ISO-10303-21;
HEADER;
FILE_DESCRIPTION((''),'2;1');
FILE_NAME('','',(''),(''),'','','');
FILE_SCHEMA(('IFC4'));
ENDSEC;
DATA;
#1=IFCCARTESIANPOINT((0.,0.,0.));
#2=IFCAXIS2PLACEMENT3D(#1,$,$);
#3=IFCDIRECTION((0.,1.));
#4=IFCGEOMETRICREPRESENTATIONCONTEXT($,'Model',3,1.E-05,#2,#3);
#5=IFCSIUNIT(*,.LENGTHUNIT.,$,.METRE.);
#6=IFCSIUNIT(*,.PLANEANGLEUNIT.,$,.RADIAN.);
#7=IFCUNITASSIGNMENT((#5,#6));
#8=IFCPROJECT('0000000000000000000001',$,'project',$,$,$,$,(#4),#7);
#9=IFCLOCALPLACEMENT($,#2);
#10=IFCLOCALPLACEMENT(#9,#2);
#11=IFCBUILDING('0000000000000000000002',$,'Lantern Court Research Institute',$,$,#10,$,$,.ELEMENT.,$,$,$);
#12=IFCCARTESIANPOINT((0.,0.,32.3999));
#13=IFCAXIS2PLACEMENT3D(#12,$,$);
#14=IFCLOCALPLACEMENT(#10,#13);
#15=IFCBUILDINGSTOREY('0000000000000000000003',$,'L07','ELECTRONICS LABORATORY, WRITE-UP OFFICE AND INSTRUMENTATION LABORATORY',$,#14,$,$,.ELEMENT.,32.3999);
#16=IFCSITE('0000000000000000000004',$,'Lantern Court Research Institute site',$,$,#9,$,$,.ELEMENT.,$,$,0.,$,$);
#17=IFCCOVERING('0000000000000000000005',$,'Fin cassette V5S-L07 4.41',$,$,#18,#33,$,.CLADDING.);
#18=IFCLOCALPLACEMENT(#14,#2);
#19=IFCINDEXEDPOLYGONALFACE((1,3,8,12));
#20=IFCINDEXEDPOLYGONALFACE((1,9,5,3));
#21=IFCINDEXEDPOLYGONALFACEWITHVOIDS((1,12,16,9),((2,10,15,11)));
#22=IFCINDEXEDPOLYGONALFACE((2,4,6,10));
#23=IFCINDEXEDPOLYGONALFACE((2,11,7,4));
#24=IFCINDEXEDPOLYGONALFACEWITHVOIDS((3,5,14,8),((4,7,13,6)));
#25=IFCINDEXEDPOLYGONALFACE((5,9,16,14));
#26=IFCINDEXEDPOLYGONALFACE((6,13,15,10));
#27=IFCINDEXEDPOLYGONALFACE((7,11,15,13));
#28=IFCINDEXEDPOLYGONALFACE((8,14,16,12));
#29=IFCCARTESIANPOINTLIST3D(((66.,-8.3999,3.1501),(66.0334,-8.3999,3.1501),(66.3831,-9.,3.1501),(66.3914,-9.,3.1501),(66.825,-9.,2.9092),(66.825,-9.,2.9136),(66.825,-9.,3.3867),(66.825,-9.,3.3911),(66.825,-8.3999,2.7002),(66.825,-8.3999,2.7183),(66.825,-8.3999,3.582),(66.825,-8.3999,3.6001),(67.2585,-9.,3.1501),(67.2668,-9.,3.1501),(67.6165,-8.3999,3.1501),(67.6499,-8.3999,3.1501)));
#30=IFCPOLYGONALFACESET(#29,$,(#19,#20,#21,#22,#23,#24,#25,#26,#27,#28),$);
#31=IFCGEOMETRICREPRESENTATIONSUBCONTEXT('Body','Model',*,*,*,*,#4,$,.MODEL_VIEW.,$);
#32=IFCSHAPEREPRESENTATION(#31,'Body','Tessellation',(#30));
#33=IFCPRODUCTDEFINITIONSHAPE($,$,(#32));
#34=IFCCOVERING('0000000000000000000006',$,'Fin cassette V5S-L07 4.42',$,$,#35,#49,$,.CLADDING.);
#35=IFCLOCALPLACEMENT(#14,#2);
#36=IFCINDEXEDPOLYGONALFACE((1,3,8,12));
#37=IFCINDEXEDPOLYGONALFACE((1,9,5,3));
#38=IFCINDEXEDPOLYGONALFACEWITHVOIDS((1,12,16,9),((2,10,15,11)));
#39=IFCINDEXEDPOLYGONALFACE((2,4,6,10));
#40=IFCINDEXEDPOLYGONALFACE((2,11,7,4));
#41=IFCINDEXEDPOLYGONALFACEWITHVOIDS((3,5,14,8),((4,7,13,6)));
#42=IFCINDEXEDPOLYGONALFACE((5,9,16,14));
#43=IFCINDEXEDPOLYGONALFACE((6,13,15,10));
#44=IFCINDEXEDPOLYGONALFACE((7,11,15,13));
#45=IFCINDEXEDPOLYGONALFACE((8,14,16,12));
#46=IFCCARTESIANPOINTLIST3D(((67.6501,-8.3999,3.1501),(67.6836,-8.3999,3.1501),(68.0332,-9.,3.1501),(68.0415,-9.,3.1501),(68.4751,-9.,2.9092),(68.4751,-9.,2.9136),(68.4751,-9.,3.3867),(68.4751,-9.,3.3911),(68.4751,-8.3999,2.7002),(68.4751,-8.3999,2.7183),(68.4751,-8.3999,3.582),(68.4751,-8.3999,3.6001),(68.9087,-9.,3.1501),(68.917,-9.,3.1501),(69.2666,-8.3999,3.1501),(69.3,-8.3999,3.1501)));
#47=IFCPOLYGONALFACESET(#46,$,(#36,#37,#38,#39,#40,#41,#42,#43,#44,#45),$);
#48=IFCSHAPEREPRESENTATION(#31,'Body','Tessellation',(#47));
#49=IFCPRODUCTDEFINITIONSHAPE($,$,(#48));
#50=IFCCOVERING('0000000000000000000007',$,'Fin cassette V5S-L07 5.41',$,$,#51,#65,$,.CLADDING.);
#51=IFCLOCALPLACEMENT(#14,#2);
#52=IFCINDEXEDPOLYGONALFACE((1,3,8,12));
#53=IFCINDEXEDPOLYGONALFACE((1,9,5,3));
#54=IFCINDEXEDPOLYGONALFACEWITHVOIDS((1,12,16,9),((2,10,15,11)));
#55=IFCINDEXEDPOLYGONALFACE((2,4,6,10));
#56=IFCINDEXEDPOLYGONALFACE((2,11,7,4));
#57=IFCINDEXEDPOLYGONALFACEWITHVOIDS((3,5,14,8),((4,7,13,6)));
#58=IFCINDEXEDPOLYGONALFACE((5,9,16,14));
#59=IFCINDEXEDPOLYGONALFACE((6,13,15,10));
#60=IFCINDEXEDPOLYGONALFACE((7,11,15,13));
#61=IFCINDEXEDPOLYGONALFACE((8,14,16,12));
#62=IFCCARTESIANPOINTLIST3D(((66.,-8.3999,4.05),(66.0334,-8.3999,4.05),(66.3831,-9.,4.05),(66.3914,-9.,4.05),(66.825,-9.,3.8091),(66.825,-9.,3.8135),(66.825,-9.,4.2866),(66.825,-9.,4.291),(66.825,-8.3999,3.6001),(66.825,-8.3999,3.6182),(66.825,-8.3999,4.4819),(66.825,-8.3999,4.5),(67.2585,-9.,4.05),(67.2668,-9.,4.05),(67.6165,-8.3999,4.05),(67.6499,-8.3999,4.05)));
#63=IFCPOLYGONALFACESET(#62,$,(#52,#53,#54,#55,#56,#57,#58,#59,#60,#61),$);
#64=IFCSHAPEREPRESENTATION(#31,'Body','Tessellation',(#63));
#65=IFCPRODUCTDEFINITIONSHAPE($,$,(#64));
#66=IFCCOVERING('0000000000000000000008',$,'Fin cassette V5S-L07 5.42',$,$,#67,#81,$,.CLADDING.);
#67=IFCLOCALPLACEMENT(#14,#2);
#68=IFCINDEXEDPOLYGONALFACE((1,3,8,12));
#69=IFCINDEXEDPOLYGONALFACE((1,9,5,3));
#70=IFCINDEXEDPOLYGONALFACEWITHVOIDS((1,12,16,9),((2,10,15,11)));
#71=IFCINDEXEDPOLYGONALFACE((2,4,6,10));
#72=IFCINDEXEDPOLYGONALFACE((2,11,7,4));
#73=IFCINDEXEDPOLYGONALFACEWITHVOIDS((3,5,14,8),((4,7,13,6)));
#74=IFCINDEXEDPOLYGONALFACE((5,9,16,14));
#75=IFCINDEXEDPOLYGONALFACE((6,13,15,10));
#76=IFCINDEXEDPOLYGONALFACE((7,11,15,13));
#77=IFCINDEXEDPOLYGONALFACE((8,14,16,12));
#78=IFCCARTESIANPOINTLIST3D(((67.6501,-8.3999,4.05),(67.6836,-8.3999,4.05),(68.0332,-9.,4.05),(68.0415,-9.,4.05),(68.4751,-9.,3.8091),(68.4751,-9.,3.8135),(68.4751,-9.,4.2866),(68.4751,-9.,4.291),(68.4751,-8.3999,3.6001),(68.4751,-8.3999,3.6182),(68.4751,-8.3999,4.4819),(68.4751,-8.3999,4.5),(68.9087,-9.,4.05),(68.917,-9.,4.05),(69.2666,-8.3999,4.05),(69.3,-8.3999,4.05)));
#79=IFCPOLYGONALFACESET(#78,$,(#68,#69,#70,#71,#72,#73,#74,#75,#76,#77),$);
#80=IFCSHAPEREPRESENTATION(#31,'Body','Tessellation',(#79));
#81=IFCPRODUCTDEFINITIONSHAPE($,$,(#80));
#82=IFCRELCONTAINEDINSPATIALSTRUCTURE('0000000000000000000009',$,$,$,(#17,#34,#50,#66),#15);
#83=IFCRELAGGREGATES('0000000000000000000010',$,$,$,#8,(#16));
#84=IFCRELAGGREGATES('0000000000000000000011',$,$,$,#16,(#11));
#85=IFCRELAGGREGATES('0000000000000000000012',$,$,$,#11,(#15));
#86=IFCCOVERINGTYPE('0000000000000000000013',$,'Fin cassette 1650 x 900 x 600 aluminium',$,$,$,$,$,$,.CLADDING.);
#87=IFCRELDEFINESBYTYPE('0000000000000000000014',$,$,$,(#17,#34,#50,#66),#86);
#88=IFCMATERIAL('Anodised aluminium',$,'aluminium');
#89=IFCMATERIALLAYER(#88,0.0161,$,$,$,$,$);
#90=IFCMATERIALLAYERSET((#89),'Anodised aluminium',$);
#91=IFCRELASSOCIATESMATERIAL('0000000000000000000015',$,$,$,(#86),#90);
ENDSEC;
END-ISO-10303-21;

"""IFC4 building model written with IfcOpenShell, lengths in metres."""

from ifc_helpers import new_model, entity, si_unit, direction, frame, origin, place, context, subcontext, project, spatial, material, layer, layer_set, type_object, element, save


model = new_model("IFC4")

# Units and contexts
model_context = context("Model", 3, precision=1e-05, world=origin(), true_north=direction((0.0, 1.0)))
body_context = subcontext(model_context, "Body", "Model", "MODEL_VIEW")
ifc_project = project(units=[si_unit("LENGTHUNIT", "METRE"), si_unit("PLANEANGLEUNIT", "RADIAN")], contexts=[model_context])

# Site, building, storey
site_placement = place(None, origin())
site = spatial("IfcSite", under=ifc_project, at=site_placement, Name="Lantern Court Research Institute site", CompositionType="ELEMENT", RefElevation=0.0)
building_placement = place(site_placement, origin())
building = spatial("IfcBuilding", under=site, at=building_placement, Name="Lantern Court Research Institute", CompositionType="ELEMENT")
storey_placement = place(building_placement, frame((0.0, 0.0, 32.3999)))
storey = spatial("IfcBuildingStorey", under=building, at=storey_placement, Name="L07", Description="ELECTRONICS LABORATORY, WRITE-UP OFFICE AND INSTRUMENTATION LABORATORY", CompositionType="ELEMENT", Elevation=32.3999)

# Coverings
ifc_material_1 = material(Name="Anodised aluminium", Category="aluminium")
ifc_layer_1 = layer(ifc_material_1, 0.0161)
ifc_layer_set_1 = layer_set([ifc_layer_1], Name="Anodised aluminium")
covering_type = type_object("IfcCoveringType", Name="Fin cassette 1650 x 900 x 600 aluminium", PredefinedType="CLADDING", material=ifc_layer_set_1)
covering_1_placement = place(storey_placement, frame((66.825, -8.3999, 3.1501), z_axis=(0.0, -1.0, 0.0), x_axis=(1.0, 0.0, 0.0)))
cartesian_point_1 = entity("IfcCartesianPoint", [0.825, 0.0])
cartesian_point_2 = entity("IfcCartesianPoint", [0.7915, 0.0])
cartesian_point_3 = entity("IfcCartesianPoint", [0.4419, 0.0])
cartesian_point_4 = entity("IfcCartesianPoint", [0.4336, 0.0])
element("IfcCovering", 1, at=covering_1_placement, inside=storey, type_object=covering_type, Name="Fin cassette V5S-L07 4.41", PredefinedType="CLADDING", context=body_context, shape_type="SweptSolid", body=[
    entity("IfcExtrudedAreaSolidTapered", entity("IfcArbitraryProfileDefWithVoids", "AREA", None, entity("IfcPolyline", [cartesian_point_1, entity("IfcCartesianPoint", [0.0, 0.45]), entity("IfcCartesianPoint", [-0.825, 0.0]), entity("IfcCartesianPoint", [0.0, -0.45]), cartesian_point_1]), [entity("IfcPolyline", [cartesian_point_2, entity("IfcCartesianPoint", [0.0, 0.4319]), entity("IfcCartesianPoint", [-0.7915, 0.0]), entity("IfcCartesianPoint", [0.0, -0.4319]), cartesian_point_2])]), entity("IfcAxis2Placement3D", entity("IfcCartesianPoint", [0.0, 0.0, 0.0])), entity("IfcDirection", [0.0, 0.0, 1.0]), 0.6001, entity("IfcArbitraryProfileDefWithVoids", "AREA", None, entity("IfcPolyline", [cartesian_point_3, entity("IfcCartesianPoint", [0.0, 0.241]), entity("IfcCartesianPoint", [-0.4419, 0.0]), entity("IfcCartesianPoint", [0.0, -0.241]), cartesian_point_3]), [entity("IfcPolyline", [cartesian_point_4, entity("IfcCartesianPoint", [0.0, 0.2366]), entity("IfcCartesianPoint", [-0.4336, 0.0]), entity("IfcCartesianPoint", [0.0, -0.2366]), cartesian_point_4])])),
])
covering_2_placement = place(storey_placement, frame((68.4751, -8.3999, 3.1501), z_axis=(0.0, -1.0, 0.0), x_axis=(1.0, 0.0, 0.0)))
cartesian_point_5 = entity("IfcCartesianPoint", [0.825, 0.0])
cartesian_point_6 = entity("IfcCartesianPoint", [0.7915, 0.0])
cartesian_point_7 = entity("IfcCartesianPoint", [0.4419, 0.0])
cartesian_point_8 = entity("IfcCartesianPoint", [0.4336, 0.0])
element("IfcCovering", 2, at=covering_2_placement, inside=storey, type_object=covering_type, Name="Fin cassette V5S-L07 4.42", PredefinedType="CLADDING", context=body_context, shape_type="SweptSolid", body=[
    entity("IfcExtrudedAreaSolidTapered", entity("IfcArbitraryProfileDefWithVoids", "AREA", None, entity("IfcPolyline", [cartesian_point_5, entity("IfcCartesianPoint", [0.0, 0.45]), entity("IfcCartesianPoint", [-0.825, 0.0]), entity("IfcCartesianPoint", [0.0, -0.45]), cartesian_point_5]), [entity("IfcPolyline", [cartesian_point_6, entity("IfcCartesianPoint", [0.0, 0.4319]), entity("IfcCartesianPoint", [-0.7915, 0.0]), entity("IfcCartesianPoint", [0.0, -0.4319]), cartesian_point_6])]), entity("IfcAxis2Placement3D", entity("IfcCartesianPoint", [0.0, 0.0, 0.0])), entity("IfcDirection", [0.0, 0.0, 1.0]), 0.6001, entity("IfcArbitraryProfileDefWithVoids", "AREA", None, entity("IfcPolyline", [cartesian_point_7, entity("IfcCartesianPoint", [0.0, 0.241]), entity("IfcCartesianPoint", [-0.4419, 0.0]), entity("IfcCartesianPoint", [0.0, -0.241]), cartesian_point_7]), [entity("IfcPolyline", [cartesian_point_8, entity("IfcCartesianPoint", [0.0, 0.2366]), entity("IfcCartesianPoint", [-0.4336, 0.0]), entity("IfcCartesianPoint", [0.0, -0.2366]), cartesian_point_8])])),
])
covering_3_placement = place(storey_placement, frame((66.825, -8.3999, 4.05), z_axis=(0.0, -1.0, 0.0), x_axis=(1.0, 0.0, 0.0)))
cartesian_point_9 = entity("IfcCartesianPoint", [0.825, 0.0])
cartesian_point_10 = entity("IfcCartesianPoint", [0.7915, 0.0])
cartesian_point_11 = entity("IfcCartesianPoint", [0.4419, 0.0])
cartesian_point_12 = entity("IfcCartesianPoint", [0.4336, 0.0])
element("IfcCovering", 3, at=covering_3_placement, inside=storey, type_object=covering_type, Name="Fin cassette V5S-L07 5.41", PredefinedType="CLADDING", context=body_context, shape_type="SweptSolid", body=[
    entity("IfcExtrudedAreaSolidTapered", entity("IfcArbitraryProfileDefWithVoids", "AREA", None, entity("IfcPolyline", [cartesian_point_9, entity("IfcCartesianPoint", [0.0, 0.45]), entity("IfcCartesianPoint", [-0.825, 0.0]), entity("IfcCartesianPoint", [0.0, -0.45]), cartesian_point_9]), [entity("IfcPolyline", [cartesian_point_10, entity("IfcCartesianPoint", [0.0, 0.4319]), entity("IfcCartesianPoint", [-0.7915, 0.0]), entity("IfcCartesianPoint", [0.0, -0.4319]), cartesian_point_10])]), entity("IfcAxis2Placement3D", entity("IfcCartesianPoint", [0.0, 0.0, 0.0])), entity("IfcDirection", [0.0, 0.0, 1.0]), 0.6001, entity("IfcArbitraryProfileDefWithVoids", "AREA", None, entity("IfcPolyline", [cartesian_point_11, entity("IfcCartesianPoint", [0.0, 0.241]), entity("IfcCartesianPoint", [-0.4419, 0.0]), entity("IfcCartesianPoint", [0.0, -0.241]), cartesian_point_11]), [entity("IfcPolyline", [cartesian_point_12, entity("IfcCartesianPoint", [0.0, 0.2366]), entity("IfcCartesianPoint", [-0.4336, 0.0]), entity("IfcCartesianPoint", [0.0, -0.2366]), cartesian_point_12])])),
])
covering_4_placement = place(storey_placement, frame((68.4751, -8.3999, 4.05), z_axis=(0.0, -1.0, 0.0), x_axis=(1.0, 0.0, 0.0)))
cartesian_point_13 = entity("IfcCartesianPoint", [0.825, 0.0])
cartesian_point_14 = entity("IfcCartesianPoint", [0.7915, 0.0])
cartesian_point_15 = entity("IfcCartesianPoint", [0.4419, 0.0])
cartesian_point_16 = entity("IfcCartesianPoint", [0.4336, 0.0])
element("IfcCovering", 4, at=covering_4_placement, inside=storey, type_object=covering_type, Name="Fin cassette V5S-L07 5.42", PredefinedType="CLADDING", context=body_context, shape_type="SweptSolid", body=[
    entity("IfcExtrudedAreaSolidTapered", entity("IfcArbitraryProfileDefWithVoids", "AREA", None, entity("IfcPolyline", [cartesian_point_13, entity("IfcCartesianPoint", [0.0, 0.45]), entity("IfcCartesianPoint", [-0.825, 0.0]), entity("IfcCartesianPoint", [0.0, -0.45]), cartesian_point_13]), [entity("IfcPolyline", [cartesian_point_14, entity("IfcCartesianPoint", [0.0, 0.4319]), entity("IfcCartesianPoint", [-0.7915, 0.0]), entity("IfcCartesianPoint", [0.0, -0.4319]), cartesian_point_14])]), entity("IfcAxis2Placement3D", entity("IfcCartesianPoint", [0.0, 0.0, 0.0])), entity("IfcDirection", [0.0, 0.0, 1.0]), 0.6001, entity("IfcArbitraryProfileDefWithVoids", "AREA", None, entity("IfcPolyline", [cartesian_point_15, entity("IfcCartesianPoint", [0.0, 0.241]), entity("IfcCartesianPoint", [-0.4419, 0.0]), entity("IfcCartesianPoint", [0.0, -0.241]), cartesian_point_15]), [entity("IfcPolyline", [cartesian_point_16, entity("IfcCartesianPoint", [0.0, 0.2366]), entity("IfcCartesianPoint", [-0.4336, 0.0]), entity("IfcCartesianPoint", [0.0, -0.2366]), cartesian_point_16])])),
])

save(model, "model.ifc")
